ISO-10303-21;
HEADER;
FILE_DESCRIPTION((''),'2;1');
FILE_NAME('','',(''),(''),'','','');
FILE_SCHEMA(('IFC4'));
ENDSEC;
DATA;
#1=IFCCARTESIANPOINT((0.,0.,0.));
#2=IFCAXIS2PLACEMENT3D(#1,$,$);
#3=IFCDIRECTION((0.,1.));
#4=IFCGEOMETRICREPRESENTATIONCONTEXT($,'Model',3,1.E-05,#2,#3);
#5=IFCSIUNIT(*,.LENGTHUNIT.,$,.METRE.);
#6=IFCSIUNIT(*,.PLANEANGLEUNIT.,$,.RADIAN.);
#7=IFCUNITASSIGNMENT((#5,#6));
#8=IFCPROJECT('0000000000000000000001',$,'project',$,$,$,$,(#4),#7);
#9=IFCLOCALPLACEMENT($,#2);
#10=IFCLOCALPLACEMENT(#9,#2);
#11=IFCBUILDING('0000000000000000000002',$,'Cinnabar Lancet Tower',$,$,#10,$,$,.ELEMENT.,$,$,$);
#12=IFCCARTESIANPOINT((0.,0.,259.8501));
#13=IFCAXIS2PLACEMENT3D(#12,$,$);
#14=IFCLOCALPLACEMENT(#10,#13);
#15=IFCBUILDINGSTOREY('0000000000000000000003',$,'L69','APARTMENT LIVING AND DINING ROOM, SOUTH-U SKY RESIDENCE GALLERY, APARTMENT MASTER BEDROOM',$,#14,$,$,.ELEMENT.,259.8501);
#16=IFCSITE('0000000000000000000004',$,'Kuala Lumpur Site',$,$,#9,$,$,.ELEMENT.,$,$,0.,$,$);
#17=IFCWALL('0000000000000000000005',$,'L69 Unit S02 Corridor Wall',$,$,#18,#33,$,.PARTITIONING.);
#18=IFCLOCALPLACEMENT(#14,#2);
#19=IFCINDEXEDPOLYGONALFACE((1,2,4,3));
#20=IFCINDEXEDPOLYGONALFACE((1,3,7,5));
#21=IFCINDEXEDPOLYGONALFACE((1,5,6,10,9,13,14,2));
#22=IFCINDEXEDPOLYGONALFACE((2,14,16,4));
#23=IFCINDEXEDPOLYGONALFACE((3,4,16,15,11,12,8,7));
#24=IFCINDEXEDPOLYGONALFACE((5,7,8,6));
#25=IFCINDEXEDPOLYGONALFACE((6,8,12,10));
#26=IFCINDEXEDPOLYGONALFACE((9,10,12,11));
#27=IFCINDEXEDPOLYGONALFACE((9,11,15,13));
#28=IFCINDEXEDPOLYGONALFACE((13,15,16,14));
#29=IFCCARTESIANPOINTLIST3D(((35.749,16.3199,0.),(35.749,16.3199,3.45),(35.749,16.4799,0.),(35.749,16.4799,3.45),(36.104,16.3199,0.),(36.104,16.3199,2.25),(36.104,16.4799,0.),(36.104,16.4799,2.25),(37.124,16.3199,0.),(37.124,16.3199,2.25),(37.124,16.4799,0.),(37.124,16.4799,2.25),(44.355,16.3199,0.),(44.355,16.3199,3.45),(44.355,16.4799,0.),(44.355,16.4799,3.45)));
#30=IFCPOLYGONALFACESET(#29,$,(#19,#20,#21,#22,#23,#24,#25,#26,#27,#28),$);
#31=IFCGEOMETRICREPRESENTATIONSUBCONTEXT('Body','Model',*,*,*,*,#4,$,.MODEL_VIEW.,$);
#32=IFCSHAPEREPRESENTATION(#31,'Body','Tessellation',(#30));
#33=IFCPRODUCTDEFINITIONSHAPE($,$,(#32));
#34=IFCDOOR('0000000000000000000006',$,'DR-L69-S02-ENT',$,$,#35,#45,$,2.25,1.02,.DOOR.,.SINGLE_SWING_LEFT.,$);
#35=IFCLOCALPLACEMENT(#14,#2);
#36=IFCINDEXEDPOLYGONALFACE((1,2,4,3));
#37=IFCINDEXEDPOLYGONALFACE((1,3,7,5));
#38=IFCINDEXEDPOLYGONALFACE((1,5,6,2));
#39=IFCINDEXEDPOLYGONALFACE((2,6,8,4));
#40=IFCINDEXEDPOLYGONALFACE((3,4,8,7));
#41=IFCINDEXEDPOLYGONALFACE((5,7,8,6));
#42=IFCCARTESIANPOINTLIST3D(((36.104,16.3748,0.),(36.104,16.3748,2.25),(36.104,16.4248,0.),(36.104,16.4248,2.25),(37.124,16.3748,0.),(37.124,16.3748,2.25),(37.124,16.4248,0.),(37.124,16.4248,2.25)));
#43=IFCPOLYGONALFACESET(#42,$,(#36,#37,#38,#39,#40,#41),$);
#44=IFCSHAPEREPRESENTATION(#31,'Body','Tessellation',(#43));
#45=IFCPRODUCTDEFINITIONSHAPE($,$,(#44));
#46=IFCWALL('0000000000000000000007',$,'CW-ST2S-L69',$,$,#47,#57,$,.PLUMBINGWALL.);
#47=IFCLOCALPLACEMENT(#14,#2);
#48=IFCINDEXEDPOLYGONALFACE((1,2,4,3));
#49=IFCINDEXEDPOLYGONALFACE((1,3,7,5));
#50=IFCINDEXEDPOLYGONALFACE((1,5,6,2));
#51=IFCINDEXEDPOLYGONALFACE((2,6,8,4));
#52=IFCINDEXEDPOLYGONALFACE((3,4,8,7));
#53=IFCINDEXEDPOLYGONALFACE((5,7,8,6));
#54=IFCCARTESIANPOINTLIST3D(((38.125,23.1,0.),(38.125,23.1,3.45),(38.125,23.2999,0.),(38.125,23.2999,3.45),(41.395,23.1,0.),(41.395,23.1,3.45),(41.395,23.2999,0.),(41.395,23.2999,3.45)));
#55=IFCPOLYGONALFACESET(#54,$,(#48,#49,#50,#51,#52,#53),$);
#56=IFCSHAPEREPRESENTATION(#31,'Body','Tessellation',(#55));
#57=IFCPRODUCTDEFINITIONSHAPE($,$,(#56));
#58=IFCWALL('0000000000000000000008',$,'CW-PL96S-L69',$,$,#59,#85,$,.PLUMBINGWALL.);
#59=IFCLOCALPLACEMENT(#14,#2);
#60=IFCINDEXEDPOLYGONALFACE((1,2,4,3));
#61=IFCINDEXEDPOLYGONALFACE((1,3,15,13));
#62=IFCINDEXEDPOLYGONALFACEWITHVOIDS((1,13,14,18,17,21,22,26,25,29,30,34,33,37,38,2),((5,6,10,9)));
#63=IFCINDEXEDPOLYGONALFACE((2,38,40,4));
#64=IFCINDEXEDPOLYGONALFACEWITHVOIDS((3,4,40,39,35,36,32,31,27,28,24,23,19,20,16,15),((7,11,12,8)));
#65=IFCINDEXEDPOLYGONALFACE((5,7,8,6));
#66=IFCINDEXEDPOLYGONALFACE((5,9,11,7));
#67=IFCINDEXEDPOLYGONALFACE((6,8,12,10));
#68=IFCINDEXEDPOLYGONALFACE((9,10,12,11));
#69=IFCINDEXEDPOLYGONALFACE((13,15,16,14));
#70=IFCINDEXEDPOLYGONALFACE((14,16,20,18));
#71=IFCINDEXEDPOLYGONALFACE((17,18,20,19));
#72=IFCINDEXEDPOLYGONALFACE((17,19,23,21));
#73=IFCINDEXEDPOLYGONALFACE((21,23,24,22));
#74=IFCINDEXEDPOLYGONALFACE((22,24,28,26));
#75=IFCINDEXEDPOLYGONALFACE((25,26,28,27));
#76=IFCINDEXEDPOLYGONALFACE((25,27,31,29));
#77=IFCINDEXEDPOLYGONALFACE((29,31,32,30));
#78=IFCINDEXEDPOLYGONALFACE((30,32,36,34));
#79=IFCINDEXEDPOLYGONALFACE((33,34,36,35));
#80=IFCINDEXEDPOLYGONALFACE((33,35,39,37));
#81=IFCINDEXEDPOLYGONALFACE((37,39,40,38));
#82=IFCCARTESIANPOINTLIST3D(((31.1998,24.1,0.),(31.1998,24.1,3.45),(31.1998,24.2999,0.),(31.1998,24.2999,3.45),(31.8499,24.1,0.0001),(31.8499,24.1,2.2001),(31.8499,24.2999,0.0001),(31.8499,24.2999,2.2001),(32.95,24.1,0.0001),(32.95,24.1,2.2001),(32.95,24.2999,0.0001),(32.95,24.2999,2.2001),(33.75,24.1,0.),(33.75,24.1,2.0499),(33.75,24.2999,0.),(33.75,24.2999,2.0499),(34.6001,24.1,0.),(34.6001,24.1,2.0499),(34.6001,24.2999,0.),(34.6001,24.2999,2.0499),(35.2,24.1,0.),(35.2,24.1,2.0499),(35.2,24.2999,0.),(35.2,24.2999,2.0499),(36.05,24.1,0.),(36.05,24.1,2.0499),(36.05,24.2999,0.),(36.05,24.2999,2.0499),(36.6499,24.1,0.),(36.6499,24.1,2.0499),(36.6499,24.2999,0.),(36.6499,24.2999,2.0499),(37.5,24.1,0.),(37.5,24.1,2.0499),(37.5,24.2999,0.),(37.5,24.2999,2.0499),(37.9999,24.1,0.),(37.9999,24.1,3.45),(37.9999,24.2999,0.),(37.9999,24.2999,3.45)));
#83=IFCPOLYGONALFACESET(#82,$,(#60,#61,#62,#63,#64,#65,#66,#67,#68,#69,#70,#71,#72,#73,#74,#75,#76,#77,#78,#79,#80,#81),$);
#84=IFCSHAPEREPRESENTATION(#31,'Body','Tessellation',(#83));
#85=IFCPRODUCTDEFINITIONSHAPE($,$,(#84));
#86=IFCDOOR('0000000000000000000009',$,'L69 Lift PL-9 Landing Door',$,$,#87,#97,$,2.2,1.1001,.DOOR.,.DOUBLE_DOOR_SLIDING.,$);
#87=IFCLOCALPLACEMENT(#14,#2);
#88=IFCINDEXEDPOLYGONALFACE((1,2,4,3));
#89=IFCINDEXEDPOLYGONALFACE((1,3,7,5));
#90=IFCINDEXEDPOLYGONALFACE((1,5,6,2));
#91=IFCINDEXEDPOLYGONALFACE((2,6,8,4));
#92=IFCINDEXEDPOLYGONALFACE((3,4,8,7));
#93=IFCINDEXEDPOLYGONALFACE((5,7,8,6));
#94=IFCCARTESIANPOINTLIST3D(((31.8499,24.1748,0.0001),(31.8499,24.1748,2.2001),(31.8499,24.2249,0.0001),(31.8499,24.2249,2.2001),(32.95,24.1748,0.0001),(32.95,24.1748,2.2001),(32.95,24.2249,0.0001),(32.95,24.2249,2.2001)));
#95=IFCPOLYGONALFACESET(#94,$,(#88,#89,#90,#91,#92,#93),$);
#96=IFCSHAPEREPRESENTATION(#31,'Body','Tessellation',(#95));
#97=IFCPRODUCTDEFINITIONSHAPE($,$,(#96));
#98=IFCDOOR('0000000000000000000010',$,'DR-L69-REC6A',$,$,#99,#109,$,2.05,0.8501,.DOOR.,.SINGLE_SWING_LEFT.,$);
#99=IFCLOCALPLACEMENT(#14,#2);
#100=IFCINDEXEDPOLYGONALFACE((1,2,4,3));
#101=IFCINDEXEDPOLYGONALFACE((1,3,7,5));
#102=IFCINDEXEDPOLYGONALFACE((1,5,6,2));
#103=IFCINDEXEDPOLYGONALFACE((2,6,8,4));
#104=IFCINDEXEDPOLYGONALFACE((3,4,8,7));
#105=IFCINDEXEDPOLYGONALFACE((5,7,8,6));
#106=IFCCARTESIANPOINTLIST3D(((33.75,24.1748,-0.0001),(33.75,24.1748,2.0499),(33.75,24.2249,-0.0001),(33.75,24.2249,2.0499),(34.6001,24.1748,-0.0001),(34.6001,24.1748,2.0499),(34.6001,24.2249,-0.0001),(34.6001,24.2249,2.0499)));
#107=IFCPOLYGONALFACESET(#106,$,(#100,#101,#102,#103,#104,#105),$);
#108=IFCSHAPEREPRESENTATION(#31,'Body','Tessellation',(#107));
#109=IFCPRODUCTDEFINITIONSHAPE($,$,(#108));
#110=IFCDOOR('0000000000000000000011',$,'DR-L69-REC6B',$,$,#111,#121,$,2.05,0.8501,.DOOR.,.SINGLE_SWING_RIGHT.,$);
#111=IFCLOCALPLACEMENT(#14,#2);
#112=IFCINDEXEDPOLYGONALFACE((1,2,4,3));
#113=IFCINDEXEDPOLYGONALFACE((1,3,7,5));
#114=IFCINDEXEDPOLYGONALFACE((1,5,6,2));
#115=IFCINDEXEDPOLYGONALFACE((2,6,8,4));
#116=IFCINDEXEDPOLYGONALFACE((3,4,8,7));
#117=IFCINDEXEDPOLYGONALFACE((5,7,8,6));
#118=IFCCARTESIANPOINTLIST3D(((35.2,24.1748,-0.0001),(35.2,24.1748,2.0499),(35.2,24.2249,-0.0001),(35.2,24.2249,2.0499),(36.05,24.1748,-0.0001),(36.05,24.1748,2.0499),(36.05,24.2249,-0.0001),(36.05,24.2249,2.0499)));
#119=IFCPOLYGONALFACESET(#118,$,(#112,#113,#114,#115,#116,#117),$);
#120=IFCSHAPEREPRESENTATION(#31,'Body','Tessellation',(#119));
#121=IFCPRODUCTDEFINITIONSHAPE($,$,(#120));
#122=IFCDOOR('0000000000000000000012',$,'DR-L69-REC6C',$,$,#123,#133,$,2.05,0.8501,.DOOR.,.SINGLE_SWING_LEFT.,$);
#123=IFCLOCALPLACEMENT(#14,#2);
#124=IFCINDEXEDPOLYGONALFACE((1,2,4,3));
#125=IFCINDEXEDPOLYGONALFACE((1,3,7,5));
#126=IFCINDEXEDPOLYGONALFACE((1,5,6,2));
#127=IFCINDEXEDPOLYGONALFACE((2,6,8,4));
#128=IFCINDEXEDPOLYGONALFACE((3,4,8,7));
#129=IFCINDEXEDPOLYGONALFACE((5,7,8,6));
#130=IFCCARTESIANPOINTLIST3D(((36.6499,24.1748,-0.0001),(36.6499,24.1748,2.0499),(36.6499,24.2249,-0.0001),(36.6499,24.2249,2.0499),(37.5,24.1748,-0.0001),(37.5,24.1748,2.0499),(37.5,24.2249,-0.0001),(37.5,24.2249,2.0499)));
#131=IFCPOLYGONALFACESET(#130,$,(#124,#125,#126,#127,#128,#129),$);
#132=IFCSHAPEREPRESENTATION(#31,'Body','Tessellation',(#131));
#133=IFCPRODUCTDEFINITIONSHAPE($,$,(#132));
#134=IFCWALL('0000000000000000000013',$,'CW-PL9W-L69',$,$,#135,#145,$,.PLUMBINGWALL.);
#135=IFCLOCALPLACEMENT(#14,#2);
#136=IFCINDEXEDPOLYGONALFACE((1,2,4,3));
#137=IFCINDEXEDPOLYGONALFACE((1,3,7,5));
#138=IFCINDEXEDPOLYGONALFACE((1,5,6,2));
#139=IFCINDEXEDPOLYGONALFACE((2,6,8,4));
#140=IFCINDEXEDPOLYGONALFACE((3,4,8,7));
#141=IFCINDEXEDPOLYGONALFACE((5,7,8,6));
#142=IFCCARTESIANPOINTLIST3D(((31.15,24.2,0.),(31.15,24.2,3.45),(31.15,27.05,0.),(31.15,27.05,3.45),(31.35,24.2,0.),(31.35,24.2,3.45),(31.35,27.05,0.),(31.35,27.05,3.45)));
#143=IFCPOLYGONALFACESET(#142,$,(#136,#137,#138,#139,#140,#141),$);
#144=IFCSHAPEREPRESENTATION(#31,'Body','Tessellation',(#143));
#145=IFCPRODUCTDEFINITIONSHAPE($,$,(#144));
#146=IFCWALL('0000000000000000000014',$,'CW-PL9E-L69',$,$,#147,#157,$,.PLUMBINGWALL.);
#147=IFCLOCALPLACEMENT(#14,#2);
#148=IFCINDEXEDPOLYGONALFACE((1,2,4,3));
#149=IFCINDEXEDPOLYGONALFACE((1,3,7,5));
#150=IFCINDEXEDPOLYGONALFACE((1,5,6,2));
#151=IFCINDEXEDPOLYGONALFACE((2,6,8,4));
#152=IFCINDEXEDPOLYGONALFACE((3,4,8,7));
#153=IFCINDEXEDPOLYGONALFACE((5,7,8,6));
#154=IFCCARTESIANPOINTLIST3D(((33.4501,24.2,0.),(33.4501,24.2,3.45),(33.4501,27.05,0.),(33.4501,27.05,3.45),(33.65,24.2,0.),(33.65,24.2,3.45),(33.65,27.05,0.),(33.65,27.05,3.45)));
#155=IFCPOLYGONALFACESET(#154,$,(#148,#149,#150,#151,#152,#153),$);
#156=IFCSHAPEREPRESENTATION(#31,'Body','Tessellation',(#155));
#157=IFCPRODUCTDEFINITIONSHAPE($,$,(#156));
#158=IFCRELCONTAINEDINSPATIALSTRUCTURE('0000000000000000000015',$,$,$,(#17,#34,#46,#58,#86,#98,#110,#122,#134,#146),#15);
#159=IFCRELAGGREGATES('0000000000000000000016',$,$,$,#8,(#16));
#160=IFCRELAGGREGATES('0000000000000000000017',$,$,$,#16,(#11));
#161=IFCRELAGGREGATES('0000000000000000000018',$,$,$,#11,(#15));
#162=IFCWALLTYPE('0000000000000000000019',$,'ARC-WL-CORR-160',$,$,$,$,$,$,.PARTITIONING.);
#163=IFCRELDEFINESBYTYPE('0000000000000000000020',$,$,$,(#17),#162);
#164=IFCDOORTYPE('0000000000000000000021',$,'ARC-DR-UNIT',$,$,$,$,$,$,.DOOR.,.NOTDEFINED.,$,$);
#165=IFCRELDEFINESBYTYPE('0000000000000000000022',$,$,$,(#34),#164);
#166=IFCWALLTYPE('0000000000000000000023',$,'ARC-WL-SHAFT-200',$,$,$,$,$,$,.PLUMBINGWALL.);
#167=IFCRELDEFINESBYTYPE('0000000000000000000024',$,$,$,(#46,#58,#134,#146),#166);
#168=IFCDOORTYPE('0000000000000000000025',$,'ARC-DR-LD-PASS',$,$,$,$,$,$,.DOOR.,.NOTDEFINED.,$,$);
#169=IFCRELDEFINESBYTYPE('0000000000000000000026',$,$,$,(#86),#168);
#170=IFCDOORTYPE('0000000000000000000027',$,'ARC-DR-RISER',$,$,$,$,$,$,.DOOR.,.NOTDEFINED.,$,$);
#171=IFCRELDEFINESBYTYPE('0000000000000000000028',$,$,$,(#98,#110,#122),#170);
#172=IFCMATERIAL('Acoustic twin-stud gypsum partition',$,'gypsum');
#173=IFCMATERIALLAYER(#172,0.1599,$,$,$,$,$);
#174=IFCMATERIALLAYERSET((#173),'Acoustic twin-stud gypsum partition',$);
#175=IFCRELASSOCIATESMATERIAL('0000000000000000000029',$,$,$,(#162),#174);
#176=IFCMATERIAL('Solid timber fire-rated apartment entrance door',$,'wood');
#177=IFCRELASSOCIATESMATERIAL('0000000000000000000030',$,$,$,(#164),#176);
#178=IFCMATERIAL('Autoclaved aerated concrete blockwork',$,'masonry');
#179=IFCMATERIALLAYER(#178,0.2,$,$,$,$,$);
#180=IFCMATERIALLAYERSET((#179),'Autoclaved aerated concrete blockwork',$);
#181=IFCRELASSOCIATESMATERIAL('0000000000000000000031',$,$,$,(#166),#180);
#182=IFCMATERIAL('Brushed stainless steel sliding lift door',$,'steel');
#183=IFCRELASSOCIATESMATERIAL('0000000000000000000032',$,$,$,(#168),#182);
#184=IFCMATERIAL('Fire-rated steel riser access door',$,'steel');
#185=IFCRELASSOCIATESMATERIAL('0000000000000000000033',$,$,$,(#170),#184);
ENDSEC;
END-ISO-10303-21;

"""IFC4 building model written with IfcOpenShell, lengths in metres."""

from ifc_helpers import new_model, si_unit, direction, frame, frame_2d, origin, place, context, subcontext, project, spatial, rectangle, extrude, material, layer, layer_set, type_object, element, fill, save


model = new_model("IFC4")

# Units and contexts
model_context = context("Model", 3, precision=1e-05, world=origin(), true_north=direction((0.0, 1.0)))
body_context = subcontext(model_context, "Body", "Model", "MODEL_VIEW")
ifc_project = project(units=[si_unit("LENGTHUNIT", "METRE"), si_unit("PLANEANGLEUNIT", "RADIAN")], contexts=[model_context])

# Site, building, storey
site_placement = place(None, origin())
site = spatial("IfcSite", under=ifc_project, at=site_placement, Name="Kuala Lumpur Site", CompositionType="ELEMENT", RefElevation=0.0)
building_placement = place(site_placement, origin())
building = spatial("IfcBuilding", under=site, at=building_placement, Name="Cinnabar Lancet Tower", CompositionType="ELEMENT")
storey_placement = place(building_placement, frame((0.0, 0.0, 259.8501)))
storey = spatial("IfcBuildingStorey", under=building, at=storey_placement, Name="L69", Description="APARTMENT LIVING AND DINING ROOM, SOUTH-U SKY RESIDENCE GALLERY, APARTMENT MASTER BEDROOM", CompositionType="ELEMENT", Elevation=259.8501)

# Shared definitions
ifc_material_1 = material(Name="Acoustic twin-stud gypsum partition", Category="gypsum")
ifc_layer_1 = layer(ifc_material_1, 0.1599)
ifc_layer_set_1 = layer_set([ifc_layer_1], Name="Acoustic twin-stud gypsum partition")
wall_type_1 = type_object("IfcWallType", Name="ARC-WL-CORR-160", PredefinedType="PARTITIONING", material=ifc_layer_set_1)

# Wall, opening, door
wall_1_placement = place(storey_placement, frame((35.749, 16.3999, 0.0), z_axis=(0.0, 0.0, 1.0), x_axis=(1.0, 0.0, 0.0)))
wall_1 = element("IfcWall", 1, at=wall_1_placement, inside=storey, type_object=wall_type_1, Name="L69 Unit S02 Corridor Wall", PredefinedType="PARTITIONING", context=body_context, shape_type="SweptSolid", body=[
    extrude(rectangle(XDim=8.606, YDim=0.1599, at=frame_2d((4.303, 0.0))), origin(), (0.0, 0.0, 1.0), 3.45),
])
opening_1_placement = place(wall_1_placement, frame((0.355, 0.0, 0.0)))
opening_1 = element("IfcOpeningElement", 2, at=opening_1_placement, cuts=wall_1, PredefinedType="OPENING", context=body_context, shape_type="SweptSolid", body=[
    extrude(rectangle(XDim=1.02, YDim=2.25, at=frame_2d((0.51, 1.125))), frame((0.0, 0.0898, 0.0), z_axis=(0.0, -1.0, 0.0), x_axis=(1.0, 0.0, 0.0)), (0.0, 0.0, 1.0), 0.1799),
])
ifc_material_2 = material(Name="Solid timber fire-rated apartment entrance door", Category="wood")
door_type_1 = type_object("IfcDoorType", Name="ARC-DR-UNIT", OperationType="NOTDEFINED", PredefinedType="DOOR", material=ifc_material_2)
door_1_placement = place(opening_1_placement, origin())
door_1 = element("IfcDoor", 3, at=door_1_placement, inside=storey, type_object=door_type_1, Name="DR-L69-S02-ENT", OperationType="SINGLE_SWING_LEFT", OverallHeight=2.25, OverallWidth=1.02, PredefinedType="DOOR", context=body_context, shape_type="SweptSolid", body=[
    extrude(rectangle(XDim=1.02, YDim=2.25, at=frame_2d((0.51, 1.125))), frame((0.0, 0.0249, 0.0), z_axis=(0.0, -1.0, 0.0), x_axis=(1.0, 0.0, 0.0)), (0.0, 0.0, 1.0), 0.05),
])
fill(opening_1, door_1)

# Wall
ifc_material_3 = material(Name="Autoclaved aerated concrete blockwork", Category="masonry")
ifc_layer_2 = layer(ifc_material_3, 0.2)
ifc_layer_set_2 = layer_set([ifc_layer_2], Name="Autoclaved aerated concrete blockwork")
wall_type_2 = type_object("IfcWallType", Name="ARC-WL-SHAFT-200", PredefinedType="PLUMBINGWALL", material=ifc_layer_set_2)
wall_2_placement = place(storey_placement, frame((38.125, 23.2, 0.0), z_axis=(0.0, 0.0, 1.0), x_axis=(1.0, 0.0, 0.0)))
element("IfcWall", 4, at=wall_2_placement, inside=storey, type_object=wall_type_2, Name="CW-ST2S-L69", PredefinedType="PLUMBINGWALL", context=body_context, shape_type="SweptSolid", body=[
    extrude(rectangle(XDim=3.27, YDim=0.2, at=frame_2d((1.635, 0.0))), origin(), (0.0, 0.0, 1.0), 3.45),
])

# Wall, openings, doors
wall_3_placement = place(storey_placement, frame((31.2, 24.2, 0.0), z_axis=(0.0, 0.0, 1.0), x_axis=(1.0, 0.0, 0.0)))
wall_3 = element("IfcWall", 5, at=wall_3_placement, inside=storey, type_object=wall_type_2, Name="CW-PL96S-L69", PredefinedType="PLUMBINGWALL", context=body_context, shape_type="SweptSolid", body=[
    extrude(rectangle(XDim=6.8, YDim=0.2, at=frame_2d((3.3999, 0.0))), origin(), (0.0, 0.0, 1.0), 3.45),
])
opening_2_placement = place(wall_3_placement, frame((0.6499, 0.0, 0.0)))
opening_2 = element("IfcOpeningElement", 6, at=opening_2_placement, cuts=wall_3, PredefinedType="OPENING", context=body_context, shape_type="SweptSolid", body=[
    extrude(rectangle(XDim=1.1001, YDim=2.2, at=frame_2d((0.55, 1.1001))), frame((0.0, 0.1099, 0.0), z_axis=(0.0, -1.0, 0.0), x_axis=(1.0, 0.0, 0.0)), (0.0, 0.0, 1.0), 0.22),
])
opening_3_placement = place(wall_3_placement, frame((2.55, 0.0, 0.0)))
opening_3 = element("IfcOpeningElement", 7, at=opening_3_placement, cuts=wall_3, PredefinedType="OPENING", context=body_context, shape_type="SweptSolid", body=[
    extrude(rectangle(XDim=0.8501, YDim=2.05, at=frame_2d((0.425, 1.0249))), frame((0.0, 0.1099, 0.0), z_axis=(0.0, -1.0, 0.0), x_axis=(1.0, 0.0, 0.0)), (0.0, 0.0, 1.0), 0.22),
])
opening_4_placement = place(wall_3_placement, frame((4.0, 0.0, 0.0)))
opening_4 = element("IfcOpeningElement", 8, at=opening_4_placement, cuts=wall_3, PredefinedType="OPENING", context=body_context, shape_type="SweptSolid", body=[
    extrude(rectangle(XDim=0.8501, YDim=2.05, at=frame_2d((0.425, 1.0249))), frame((0.0, 0.1099, 0.0), z_axis=(0.0, -1.0, 0.0), x_axis=(1.0, 0.0, 0.0)), (0.0, 0.0, 1.0), 0.22),
])
opening_5_placement = place(wall_3_placement, frame((5.45, 0.0, 0.0)))
opening_5 = element("IfcOpeningElement", 9, at=opening_5_placement, cuts=wall_3, PredefinedType="OPENING", context=body_context, shape_type="SweptSolid", body=[
    extrude(rectangle(XDim=0.8501, YDim=2.05, at=frame_2d((0.425, 1.0249))), frame((0.0, 0.1099, 0.0), z_axis=(0.0, -1.0, 0.0), x_axis=(1.0, 0.0, 0.0)), (0.0, 0.0, 1.0), 0.22),
])
ifc_material_4 = material(Name="Brushed stainless steel sliding lift door", Category="steel")
door_type_2 = type_object("IfcDoorType", Name="ARC-DR-LD-PASS", OperationType="NOTDEFINED", PredefinedType="DOOR", material=ifc_material_4)
door_2_placement = place(opening_2_placement, origin())
door_2 = element("IfcDoor", 10, at=door_2_placement, inside=storey, type_object=door_type_2, Name="L69 Lift PL-9 Landing Door", OperationType="DOUBLE_DOOR_SLIDING", OverallHeight=2.2, OverallWidth=1.1001, PredefinedType="DOOR", context=body_context, shape_type="SweptSolid", body=[
    extrude(rectangle(XDim=1.1001, YDim=2.2, at=frame_2d((0.55, 1.1001))), frame((0.0, 0.0249, 0.0), z_axis=(0.0, -1.0, 0.0), x_axis=(1.0, 0.0, 0.0)), (0.0, 0.0, 1.0), 0.05),
])
fill(opening_2, door_2)
ifc_material_5 = material(Name="Fire-rated steel riser access door", Category="steel")
door_type_3 = type_object("IfcDoorType", Name="ARC-DR-RISER", OperationType="NOTDEFINED", PredefinedType="DOOR", material=ifc_material_5)
door_3_placement = place(opening_3_placement, origin())
door_3 = element("IfcDoor", 11, at=door_3_placement, inside=storey, type_object=door_type_3, Name="DR-L69-REC6A", OperationType="SINGLE_SWING_LEFT", OverallHeight=2.05, OverallWidth=0.8501, PredefinedType="DOOR", context=body_context, shape_type="SweptSolid", body=[
    extrude(rectangle(XDim=0.8501, YDim=2.05, at=frame_2d((0.425, 1.0249))), frame((0.0, 0.0249, 0.0), z_axis=(0.0, -1.0, 0.0), x_axis=(1.0, 0.0, 0.0)), (0.0, 0.0, 1.0), 0.05),
])
fill(opening_3, door_3)
door_4_placement = place(opening_4_placement, origin())
door_4 = element("IfcDoor", 12, at=door_4_placement, inside=storey, type_object=door_type_3, Name="DR-L69-REC6B", OperationType="SINGLE_SWING_RIGHT", OverallHeight=2.05, OverallWidth=0.8501, PredefinedType="DOOR", context=body_context, shape_type="SweptSolid", body=[
    extrude(rectangle(XDim=0.8501, YDim=2.05, at=frame_2d((0.425, 1.0249))), frame((0.0, 0.0249, 0.0), z_axis=(0.0, -1.0, 0.0), x_axis=(1.0, 0.0, 0.0)), (0.0, 0.0, 1.0), 0.05),
])
fill(opening_4, door_4)
door_5_placement = place(opening_5_placement, origin())
door_5 = element("IfcDoor", 13, at=door_5_placement, inside=storey, type_object=door_type_3, Name="DR-L69-REC6C", OperationType="SINGLE_SWING_LEFT", OverallHeight=2.05, OverallWidth=0.8501, PredefinedType="DOOR", context=body_context, shape_type="SweptSolid", body=[
    extrude(rectangle(XDim=0.8501, YDim=2.05, at=frame_2d((0.425, 1.0249))), frame((0.0, 0.0249, 0.0), z_axis=(0.0, -1.0, 0.0), x_axis=(1.0, 0.0, 0.0)), (0.0, 0.0, 1.0), 0.05),
])
fill(opening_5, door_5)

# Walls
for number, where, z_axis, x_axis, name in (
    (14, (31.25, 24.2, 0.0), (0.0, 0.0, 1.0), (0.0, 1.0, 0.0), "CW-PL9W-L69"),
    (15, (33.55, 24.2, 0.0), (0.0, 0.0, 1.0), (0.0, 1.0, 0.0), "CW-PL9E-L69"),
):
    element("IfcWall", number, at=place(storey_placement, frame(where, z_axis=z_axis, x_axis=x_axis)), inside=storey, type_object=wall_type_2, Name=name, PredefinedType="PLUMBINGWALL", context=body_context, shape_type="SweptSolid", body=[
        extrude(rectangle(XDim=2.8501, YDim=0.2, at=frame_2d((1.425, 0.0))), origin(), (0.0, 0.0, 1.0), 3.45),
    ])

save(model, "model.ifc")
